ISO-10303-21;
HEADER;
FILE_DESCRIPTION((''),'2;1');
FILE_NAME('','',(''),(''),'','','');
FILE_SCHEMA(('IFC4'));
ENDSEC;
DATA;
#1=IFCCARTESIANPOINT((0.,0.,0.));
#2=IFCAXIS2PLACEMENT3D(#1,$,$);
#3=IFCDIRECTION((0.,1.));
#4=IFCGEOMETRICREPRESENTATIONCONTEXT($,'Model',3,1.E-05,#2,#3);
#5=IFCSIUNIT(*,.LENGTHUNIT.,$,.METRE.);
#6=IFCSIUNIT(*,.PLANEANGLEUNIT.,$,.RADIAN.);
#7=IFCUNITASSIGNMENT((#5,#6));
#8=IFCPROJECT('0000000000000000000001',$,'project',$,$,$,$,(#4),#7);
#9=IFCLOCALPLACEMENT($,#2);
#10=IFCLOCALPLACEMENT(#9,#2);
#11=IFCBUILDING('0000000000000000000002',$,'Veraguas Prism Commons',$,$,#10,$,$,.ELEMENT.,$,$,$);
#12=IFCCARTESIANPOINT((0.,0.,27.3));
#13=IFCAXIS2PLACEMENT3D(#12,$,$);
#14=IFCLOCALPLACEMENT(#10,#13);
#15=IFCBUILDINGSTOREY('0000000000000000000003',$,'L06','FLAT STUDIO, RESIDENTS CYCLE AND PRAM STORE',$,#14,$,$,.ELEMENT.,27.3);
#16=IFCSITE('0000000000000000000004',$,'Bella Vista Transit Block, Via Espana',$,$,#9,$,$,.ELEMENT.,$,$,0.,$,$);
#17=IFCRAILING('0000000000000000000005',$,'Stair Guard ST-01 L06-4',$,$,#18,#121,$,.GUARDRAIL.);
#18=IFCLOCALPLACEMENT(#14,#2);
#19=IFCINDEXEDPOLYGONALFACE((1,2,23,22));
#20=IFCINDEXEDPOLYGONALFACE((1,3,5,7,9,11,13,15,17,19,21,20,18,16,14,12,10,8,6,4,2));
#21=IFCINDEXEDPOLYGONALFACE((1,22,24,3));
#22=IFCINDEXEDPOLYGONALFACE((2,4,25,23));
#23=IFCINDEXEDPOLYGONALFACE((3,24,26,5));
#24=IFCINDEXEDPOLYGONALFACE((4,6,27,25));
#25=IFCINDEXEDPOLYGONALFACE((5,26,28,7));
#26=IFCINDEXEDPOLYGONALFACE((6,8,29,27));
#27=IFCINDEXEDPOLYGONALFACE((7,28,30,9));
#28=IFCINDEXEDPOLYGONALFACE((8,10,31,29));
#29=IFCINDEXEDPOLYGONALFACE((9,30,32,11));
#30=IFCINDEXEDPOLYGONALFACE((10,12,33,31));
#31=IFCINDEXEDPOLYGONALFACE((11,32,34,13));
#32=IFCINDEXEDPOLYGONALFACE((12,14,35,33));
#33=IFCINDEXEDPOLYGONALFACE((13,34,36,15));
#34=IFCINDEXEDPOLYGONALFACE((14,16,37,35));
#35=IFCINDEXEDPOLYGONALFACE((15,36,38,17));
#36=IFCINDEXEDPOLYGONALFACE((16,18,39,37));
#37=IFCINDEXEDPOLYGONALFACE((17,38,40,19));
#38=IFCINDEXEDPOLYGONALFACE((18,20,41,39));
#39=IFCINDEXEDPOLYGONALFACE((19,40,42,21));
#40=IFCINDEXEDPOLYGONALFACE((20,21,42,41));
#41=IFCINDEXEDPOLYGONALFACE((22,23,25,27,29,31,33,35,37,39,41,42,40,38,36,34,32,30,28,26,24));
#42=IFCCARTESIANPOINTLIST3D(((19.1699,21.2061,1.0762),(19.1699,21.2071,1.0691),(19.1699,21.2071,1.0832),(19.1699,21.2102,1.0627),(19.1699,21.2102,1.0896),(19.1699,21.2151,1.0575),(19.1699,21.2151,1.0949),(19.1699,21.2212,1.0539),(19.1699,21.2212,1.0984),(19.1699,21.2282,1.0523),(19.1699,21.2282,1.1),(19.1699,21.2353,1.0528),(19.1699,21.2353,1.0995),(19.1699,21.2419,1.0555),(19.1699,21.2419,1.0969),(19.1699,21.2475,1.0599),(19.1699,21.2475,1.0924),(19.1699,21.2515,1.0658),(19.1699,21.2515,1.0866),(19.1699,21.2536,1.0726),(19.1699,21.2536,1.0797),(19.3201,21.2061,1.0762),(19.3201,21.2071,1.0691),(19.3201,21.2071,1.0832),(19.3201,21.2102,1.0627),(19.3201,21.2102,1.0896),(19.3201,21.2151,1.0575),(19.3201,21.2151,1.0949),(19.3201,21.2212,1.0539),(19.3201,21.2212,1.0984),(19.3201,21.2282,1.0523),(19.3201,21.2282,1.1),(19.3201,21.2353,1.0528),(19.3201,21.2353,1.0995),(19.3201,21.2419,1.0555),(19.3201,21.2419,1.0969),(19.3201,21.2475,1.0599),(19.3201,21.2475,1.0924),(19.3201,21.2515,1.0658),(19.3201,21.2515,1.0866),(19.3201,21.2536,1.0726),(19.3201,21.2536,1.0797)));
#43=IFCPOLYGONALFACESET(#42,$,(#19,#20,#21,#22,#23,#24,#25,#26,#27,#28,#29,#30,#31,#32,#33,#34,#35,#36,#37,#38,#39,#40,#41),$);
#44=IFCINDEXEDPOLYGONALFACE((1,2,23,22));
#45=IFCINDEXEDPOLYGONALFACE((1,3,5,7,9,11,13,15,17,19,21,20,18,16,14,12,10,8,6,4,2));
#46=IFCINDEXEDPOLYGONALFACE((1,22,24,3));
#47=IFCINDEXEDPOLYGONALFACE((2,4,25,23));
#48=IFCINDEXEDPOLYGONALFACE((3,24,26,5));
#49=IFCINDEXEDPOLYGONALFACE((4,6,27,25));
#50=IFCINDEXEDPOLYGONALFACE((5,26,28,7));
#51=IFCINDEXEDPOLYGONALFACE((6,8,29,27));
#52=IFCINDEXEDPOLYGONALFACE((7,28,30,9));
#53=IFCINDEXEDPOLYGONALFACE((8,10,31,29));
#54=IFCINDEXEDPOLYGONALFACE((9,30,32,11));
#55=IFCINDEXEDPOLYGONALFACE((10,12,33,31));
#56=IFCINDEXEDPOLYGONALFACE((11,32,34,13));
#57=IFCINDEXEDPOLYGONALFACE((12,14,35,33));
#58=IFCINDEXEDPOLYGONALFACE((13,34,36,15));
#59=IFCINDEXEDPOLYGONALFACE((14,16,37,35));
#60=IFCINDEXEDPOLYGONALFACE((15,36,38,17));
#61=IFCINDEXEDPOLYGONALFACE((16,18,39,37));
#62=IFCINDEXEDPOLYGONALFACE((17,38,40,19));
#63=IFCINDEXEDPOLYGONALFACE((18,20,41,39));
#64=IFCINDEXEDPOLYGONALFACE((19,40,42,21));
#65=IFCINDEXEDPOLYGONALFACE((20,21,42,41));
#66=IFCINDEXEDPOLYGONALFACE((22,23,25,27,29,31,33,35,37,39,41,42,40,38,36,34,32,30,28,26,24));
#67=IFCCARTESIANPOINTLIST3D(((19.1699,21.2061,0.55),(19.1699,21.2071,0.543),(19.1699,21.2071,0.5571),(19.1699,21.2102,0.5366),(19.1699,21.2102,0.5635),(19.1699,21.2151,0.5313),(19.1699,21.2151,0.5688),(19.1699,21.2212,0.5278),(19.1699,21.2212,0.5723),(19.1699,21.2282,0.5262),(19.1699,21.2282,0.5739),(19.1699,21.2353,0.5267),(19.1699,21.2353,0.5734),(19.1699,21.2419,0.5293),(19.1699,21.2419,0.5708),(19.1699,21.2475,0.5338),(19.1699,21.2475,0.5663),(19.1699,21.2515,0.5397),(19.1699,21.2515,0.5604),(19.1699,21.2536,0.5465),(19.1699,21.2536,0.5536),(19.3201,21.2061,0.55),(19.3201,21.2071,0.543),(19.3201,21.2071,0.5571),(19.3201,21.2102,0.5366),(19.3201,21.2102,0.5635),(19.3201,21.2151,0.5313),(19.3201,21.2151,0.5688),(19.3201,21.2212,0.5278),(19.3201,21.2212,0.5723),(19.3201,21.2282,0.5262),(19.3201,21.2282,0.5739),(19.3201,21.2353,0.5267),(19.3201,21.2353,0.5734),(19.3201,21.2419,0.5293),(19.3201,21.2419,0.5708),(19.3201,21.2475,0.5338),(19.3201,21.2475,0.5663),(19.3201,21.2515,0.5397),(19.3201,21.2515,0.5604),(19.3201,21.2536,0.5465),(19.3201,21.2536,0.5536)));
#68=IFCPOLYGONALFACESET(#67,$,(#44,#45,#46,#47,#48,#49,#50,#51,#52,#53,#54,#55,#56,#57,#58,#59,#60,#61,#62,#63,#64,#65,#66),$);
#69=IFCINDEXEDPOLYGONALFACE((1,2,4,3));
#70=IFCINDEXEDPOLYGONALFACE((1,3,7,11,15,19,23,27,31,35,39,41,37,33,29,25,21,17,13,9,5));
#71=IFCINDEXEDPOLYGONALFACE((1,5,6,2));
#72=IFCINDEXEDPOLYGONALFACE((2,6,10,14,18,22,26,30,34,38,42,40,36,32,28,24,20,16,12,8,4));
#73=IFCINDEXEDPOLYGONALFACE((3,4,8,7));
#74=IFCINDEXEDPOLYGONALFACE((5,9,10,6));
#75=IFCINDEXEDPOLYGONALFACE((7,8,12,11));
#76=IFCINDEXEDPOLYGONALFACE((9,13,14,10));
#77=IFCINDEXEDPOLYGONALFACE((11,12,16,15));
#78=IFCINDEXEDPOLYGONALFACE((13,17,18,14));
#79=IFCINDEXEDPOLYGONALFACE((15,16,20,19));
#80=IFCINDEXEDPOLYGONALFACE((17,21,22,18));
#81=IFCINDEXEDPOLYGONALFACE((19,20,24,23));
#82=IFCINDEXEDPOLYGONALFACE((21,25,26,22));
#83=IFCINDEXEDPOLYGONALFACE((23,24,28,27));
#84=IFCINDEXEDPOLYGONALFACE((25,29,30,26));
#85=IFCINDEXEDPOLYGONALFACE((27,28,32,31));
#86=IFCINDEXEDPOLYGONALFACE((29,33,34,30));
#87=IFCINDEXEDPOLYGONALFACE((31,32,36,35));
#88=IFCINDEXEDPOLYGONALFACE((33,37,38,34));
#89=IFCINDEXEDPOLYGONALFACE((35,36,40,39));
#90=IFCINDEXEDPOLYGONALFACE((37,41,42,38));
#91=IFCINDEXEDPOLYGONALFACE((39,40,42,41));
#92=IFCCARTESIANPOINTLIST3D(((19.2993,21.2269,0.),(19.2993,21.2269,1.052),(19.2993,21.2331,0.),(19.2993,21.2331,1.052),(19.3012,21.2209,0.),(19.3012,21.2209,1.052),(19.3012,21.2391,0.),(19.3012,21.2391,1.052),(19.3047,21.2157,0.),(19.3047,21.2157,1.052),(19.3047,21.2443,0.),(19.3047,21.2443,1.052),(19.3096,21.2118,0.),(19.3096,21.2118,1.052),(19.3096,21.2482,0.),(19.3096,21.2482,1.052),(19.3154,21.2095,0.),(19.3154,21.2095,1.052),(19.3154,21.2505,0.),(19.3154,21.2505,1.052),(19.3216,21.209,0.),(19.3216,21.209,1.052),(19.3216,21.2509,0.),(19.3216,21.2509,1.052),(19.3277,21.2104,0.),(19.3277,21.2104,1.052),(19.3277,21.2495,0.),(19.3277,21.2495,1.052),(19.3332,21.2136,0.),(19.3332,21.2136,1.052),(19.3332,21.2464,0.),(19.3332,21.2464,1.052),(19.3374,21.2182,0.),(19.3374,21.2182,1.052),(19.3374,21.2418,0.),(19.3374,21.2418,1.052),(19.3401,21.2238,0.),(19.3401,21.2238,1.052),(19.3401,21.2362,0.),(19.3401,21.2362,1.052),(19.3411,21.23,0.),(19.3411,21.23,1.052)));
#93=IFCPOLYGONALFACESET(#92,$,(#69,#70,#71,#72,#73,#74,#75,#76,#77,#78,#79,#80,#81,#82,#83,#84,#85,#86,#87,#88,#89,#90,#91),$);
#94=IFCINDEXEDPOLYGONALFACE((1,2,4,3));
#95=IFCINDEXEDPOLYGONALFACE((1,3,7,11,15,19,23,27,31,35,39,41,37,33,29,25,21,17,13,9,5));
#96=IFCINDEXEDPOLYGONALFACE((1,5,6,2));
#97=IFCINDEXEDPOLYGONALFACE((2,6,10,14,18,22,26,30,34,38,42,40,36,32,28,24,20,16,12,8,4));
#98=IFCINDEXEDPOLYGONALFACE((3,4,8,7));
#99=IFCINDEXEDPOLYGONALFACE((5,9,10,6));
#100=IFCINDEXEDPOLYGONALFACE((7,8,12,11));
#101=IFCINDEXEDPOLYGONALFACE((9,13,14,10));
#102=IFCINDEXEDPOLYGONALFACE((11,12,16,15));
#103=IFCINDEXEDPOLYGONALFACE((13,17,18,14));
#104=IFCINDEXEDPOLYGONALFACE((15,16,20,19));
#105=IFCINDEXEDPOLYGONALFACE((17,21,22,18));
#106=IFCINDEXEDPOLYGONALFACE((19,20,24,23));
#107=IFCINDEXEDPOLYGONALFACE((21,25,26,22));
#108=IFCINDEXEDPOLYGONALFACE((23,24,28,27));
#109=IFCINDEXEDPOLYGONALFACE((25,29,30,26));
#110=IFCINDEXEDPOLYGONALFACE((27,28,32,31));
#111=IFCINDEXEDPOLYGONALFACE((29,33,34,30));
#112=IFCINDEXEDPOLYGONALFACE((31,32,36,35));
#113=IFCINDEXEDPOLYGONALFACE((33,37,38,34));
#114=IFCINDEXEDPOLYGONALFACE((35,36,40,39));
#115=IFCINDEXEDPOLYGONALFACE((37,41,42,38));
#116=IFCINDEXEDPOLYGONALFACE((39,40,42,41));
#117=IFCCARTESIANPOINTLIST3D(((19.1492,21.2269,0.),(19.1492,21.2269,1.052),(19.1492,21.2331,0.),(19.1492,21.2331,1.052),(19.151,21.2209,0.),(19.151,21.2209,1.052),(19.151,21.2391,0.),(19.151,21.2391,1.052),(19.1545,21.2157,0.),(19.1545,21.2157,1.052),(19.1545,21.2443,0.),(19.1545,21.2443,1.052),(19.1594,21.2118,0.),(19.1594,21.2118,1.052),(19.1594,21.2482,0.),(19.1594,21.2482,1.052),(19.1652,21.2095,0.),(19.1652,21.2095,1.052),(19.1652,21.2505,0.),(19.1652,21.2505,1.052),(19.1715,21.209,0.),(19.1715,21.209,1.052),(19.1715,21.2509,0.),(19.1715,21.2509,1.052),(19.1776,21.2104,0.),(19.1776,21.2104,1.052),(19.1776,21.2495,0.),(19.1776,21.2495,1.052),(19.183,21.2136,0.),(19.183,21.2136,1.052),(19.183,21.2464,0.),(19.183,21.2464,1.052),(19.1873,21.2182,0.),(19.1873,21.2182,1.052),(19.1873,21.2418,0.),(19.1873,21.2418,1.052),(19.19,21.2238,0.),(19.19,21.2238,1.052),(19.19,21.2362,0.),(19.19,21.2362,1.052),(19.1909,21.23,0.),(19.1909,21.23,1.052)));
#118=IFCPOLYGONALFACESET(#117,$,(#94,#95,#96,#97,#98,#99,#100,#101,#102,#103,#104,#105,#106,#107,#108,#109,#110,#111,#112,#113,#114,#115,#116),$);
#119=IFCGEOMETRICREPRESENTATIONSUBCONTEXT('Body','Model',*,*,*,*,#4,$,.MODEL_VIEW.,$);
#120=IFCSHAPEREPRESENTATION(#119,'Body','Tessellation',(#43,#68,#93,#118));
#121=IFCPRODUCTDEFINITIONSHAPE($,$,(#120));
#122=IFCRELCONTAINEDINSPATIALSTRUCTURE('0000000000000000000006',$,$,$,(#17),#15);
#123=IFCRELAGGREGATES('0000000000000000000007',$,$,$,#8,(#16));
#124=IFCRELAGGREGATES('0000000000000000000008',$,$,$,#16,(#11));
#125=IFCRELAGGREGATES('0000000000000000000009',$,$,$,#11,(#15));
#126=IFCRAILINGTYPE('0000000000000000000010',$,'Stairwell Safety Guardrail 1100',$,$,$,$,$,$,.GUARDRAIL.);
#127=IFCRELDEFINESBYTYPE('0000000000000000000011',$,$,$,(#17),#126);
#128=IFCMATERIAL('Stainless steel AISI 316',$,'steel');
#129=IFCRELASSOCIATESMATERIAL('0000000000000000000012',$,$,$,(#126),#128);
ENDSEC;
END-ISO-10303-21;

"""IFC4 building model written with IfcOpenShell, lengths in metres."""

from ifc_helpers import new_model, si_unit, direction, frame, origin, origin_2d, place, context, subcontext, project, spatial, circle, extrude, material, type_object, element, save


model = new_model("IFC4")

# Units and contexts
model_context = context("Model", 3, precision=1e-05, world=origin(), true_north=direction((0.0, 1.0)))
body_context = subcontext(model_context, "Body", "Model", "MODEL_VIEW")
ifc_project = project(units=[si_unit("LENGTHUNIT", "METRE"), si_unit("PLANEANGLEUNIT", "RADIAN")], contexts=[model_context])

# Site, building, storey
site_placement = place(None, origin())
site = spatial("IfcSite", under=ifc_project, at=site_placement, Name="Bella Vista Transit Block, Via Espana", CompositionType="ELEMENT", RefElevation=0.0)
building_placement = place(site_placement, origin())
building = spatial("IfcBuilding", under=site, at=building_placement, Name="Veraguas Prism Commons", CompositionType="ELEMENT")
storey_placement = place(building_placement, frame((0.0, 0.0, 27.3)))
storey = spatial("IfcBuildingStorey", under=building, at=storey_placement, Name="L06", Description="FLAT STUDIO, RESIDENTS CYCLE AND PRAM STORE", CompositionType="ELEMENT", Elevation=27.3)

# Railing
ifc_material_1 = material(Name="Stainless steel AISI 316", Category="steel")
railing_type_1 = type_object("IfcRailingType", Name="Stairwell Safety Guardrail 1100", PredefinedType="GUARDRAIL", material=ifc_material_1)
railing_1_placement = place(storey_placement, frame((19.3201, 21.23, 0.0)))
element("IfcRailing", 1, at=railing_1_placement, inside=storey, type_object=railing_type_1, Name="Stair Guard ST-01 L06-4", PredefinedType="GUARDRAIL", context=body_context, shape_type="SweptSolid", body=[
    extrude(circle(Radius=0.0239, at=origin_2d()), frame((0.0, 0.0, 1.0762), z_axis=(-1.0, 0.0, 0.0), x_axis=(0.0, -1.0, 0.0)), (0.0, 0.0, 1.0), 0.1501),
    extrude(circle(Radius=0.0239, at=origin_2d()), frame((0.0, 0.0, 0.55), z_axis=(-1.0, 0.0, 0.0), x_axis=(0.0, -1.0, 0.0)), (0.0, 0.0, 1.0), 0.1501),
    extrude(circle(Radius=0.021, at=origin_2d()), origin(), (0.0, 0.0, 1.0), 1.052),
    extrude(circle(Radius=0.021, at=origin_2d()), frame((-0.1501, 0.0, 0.0)), (0.0, 0.0, 1.0), 1.052),
])

save(model, "model.ifc")
